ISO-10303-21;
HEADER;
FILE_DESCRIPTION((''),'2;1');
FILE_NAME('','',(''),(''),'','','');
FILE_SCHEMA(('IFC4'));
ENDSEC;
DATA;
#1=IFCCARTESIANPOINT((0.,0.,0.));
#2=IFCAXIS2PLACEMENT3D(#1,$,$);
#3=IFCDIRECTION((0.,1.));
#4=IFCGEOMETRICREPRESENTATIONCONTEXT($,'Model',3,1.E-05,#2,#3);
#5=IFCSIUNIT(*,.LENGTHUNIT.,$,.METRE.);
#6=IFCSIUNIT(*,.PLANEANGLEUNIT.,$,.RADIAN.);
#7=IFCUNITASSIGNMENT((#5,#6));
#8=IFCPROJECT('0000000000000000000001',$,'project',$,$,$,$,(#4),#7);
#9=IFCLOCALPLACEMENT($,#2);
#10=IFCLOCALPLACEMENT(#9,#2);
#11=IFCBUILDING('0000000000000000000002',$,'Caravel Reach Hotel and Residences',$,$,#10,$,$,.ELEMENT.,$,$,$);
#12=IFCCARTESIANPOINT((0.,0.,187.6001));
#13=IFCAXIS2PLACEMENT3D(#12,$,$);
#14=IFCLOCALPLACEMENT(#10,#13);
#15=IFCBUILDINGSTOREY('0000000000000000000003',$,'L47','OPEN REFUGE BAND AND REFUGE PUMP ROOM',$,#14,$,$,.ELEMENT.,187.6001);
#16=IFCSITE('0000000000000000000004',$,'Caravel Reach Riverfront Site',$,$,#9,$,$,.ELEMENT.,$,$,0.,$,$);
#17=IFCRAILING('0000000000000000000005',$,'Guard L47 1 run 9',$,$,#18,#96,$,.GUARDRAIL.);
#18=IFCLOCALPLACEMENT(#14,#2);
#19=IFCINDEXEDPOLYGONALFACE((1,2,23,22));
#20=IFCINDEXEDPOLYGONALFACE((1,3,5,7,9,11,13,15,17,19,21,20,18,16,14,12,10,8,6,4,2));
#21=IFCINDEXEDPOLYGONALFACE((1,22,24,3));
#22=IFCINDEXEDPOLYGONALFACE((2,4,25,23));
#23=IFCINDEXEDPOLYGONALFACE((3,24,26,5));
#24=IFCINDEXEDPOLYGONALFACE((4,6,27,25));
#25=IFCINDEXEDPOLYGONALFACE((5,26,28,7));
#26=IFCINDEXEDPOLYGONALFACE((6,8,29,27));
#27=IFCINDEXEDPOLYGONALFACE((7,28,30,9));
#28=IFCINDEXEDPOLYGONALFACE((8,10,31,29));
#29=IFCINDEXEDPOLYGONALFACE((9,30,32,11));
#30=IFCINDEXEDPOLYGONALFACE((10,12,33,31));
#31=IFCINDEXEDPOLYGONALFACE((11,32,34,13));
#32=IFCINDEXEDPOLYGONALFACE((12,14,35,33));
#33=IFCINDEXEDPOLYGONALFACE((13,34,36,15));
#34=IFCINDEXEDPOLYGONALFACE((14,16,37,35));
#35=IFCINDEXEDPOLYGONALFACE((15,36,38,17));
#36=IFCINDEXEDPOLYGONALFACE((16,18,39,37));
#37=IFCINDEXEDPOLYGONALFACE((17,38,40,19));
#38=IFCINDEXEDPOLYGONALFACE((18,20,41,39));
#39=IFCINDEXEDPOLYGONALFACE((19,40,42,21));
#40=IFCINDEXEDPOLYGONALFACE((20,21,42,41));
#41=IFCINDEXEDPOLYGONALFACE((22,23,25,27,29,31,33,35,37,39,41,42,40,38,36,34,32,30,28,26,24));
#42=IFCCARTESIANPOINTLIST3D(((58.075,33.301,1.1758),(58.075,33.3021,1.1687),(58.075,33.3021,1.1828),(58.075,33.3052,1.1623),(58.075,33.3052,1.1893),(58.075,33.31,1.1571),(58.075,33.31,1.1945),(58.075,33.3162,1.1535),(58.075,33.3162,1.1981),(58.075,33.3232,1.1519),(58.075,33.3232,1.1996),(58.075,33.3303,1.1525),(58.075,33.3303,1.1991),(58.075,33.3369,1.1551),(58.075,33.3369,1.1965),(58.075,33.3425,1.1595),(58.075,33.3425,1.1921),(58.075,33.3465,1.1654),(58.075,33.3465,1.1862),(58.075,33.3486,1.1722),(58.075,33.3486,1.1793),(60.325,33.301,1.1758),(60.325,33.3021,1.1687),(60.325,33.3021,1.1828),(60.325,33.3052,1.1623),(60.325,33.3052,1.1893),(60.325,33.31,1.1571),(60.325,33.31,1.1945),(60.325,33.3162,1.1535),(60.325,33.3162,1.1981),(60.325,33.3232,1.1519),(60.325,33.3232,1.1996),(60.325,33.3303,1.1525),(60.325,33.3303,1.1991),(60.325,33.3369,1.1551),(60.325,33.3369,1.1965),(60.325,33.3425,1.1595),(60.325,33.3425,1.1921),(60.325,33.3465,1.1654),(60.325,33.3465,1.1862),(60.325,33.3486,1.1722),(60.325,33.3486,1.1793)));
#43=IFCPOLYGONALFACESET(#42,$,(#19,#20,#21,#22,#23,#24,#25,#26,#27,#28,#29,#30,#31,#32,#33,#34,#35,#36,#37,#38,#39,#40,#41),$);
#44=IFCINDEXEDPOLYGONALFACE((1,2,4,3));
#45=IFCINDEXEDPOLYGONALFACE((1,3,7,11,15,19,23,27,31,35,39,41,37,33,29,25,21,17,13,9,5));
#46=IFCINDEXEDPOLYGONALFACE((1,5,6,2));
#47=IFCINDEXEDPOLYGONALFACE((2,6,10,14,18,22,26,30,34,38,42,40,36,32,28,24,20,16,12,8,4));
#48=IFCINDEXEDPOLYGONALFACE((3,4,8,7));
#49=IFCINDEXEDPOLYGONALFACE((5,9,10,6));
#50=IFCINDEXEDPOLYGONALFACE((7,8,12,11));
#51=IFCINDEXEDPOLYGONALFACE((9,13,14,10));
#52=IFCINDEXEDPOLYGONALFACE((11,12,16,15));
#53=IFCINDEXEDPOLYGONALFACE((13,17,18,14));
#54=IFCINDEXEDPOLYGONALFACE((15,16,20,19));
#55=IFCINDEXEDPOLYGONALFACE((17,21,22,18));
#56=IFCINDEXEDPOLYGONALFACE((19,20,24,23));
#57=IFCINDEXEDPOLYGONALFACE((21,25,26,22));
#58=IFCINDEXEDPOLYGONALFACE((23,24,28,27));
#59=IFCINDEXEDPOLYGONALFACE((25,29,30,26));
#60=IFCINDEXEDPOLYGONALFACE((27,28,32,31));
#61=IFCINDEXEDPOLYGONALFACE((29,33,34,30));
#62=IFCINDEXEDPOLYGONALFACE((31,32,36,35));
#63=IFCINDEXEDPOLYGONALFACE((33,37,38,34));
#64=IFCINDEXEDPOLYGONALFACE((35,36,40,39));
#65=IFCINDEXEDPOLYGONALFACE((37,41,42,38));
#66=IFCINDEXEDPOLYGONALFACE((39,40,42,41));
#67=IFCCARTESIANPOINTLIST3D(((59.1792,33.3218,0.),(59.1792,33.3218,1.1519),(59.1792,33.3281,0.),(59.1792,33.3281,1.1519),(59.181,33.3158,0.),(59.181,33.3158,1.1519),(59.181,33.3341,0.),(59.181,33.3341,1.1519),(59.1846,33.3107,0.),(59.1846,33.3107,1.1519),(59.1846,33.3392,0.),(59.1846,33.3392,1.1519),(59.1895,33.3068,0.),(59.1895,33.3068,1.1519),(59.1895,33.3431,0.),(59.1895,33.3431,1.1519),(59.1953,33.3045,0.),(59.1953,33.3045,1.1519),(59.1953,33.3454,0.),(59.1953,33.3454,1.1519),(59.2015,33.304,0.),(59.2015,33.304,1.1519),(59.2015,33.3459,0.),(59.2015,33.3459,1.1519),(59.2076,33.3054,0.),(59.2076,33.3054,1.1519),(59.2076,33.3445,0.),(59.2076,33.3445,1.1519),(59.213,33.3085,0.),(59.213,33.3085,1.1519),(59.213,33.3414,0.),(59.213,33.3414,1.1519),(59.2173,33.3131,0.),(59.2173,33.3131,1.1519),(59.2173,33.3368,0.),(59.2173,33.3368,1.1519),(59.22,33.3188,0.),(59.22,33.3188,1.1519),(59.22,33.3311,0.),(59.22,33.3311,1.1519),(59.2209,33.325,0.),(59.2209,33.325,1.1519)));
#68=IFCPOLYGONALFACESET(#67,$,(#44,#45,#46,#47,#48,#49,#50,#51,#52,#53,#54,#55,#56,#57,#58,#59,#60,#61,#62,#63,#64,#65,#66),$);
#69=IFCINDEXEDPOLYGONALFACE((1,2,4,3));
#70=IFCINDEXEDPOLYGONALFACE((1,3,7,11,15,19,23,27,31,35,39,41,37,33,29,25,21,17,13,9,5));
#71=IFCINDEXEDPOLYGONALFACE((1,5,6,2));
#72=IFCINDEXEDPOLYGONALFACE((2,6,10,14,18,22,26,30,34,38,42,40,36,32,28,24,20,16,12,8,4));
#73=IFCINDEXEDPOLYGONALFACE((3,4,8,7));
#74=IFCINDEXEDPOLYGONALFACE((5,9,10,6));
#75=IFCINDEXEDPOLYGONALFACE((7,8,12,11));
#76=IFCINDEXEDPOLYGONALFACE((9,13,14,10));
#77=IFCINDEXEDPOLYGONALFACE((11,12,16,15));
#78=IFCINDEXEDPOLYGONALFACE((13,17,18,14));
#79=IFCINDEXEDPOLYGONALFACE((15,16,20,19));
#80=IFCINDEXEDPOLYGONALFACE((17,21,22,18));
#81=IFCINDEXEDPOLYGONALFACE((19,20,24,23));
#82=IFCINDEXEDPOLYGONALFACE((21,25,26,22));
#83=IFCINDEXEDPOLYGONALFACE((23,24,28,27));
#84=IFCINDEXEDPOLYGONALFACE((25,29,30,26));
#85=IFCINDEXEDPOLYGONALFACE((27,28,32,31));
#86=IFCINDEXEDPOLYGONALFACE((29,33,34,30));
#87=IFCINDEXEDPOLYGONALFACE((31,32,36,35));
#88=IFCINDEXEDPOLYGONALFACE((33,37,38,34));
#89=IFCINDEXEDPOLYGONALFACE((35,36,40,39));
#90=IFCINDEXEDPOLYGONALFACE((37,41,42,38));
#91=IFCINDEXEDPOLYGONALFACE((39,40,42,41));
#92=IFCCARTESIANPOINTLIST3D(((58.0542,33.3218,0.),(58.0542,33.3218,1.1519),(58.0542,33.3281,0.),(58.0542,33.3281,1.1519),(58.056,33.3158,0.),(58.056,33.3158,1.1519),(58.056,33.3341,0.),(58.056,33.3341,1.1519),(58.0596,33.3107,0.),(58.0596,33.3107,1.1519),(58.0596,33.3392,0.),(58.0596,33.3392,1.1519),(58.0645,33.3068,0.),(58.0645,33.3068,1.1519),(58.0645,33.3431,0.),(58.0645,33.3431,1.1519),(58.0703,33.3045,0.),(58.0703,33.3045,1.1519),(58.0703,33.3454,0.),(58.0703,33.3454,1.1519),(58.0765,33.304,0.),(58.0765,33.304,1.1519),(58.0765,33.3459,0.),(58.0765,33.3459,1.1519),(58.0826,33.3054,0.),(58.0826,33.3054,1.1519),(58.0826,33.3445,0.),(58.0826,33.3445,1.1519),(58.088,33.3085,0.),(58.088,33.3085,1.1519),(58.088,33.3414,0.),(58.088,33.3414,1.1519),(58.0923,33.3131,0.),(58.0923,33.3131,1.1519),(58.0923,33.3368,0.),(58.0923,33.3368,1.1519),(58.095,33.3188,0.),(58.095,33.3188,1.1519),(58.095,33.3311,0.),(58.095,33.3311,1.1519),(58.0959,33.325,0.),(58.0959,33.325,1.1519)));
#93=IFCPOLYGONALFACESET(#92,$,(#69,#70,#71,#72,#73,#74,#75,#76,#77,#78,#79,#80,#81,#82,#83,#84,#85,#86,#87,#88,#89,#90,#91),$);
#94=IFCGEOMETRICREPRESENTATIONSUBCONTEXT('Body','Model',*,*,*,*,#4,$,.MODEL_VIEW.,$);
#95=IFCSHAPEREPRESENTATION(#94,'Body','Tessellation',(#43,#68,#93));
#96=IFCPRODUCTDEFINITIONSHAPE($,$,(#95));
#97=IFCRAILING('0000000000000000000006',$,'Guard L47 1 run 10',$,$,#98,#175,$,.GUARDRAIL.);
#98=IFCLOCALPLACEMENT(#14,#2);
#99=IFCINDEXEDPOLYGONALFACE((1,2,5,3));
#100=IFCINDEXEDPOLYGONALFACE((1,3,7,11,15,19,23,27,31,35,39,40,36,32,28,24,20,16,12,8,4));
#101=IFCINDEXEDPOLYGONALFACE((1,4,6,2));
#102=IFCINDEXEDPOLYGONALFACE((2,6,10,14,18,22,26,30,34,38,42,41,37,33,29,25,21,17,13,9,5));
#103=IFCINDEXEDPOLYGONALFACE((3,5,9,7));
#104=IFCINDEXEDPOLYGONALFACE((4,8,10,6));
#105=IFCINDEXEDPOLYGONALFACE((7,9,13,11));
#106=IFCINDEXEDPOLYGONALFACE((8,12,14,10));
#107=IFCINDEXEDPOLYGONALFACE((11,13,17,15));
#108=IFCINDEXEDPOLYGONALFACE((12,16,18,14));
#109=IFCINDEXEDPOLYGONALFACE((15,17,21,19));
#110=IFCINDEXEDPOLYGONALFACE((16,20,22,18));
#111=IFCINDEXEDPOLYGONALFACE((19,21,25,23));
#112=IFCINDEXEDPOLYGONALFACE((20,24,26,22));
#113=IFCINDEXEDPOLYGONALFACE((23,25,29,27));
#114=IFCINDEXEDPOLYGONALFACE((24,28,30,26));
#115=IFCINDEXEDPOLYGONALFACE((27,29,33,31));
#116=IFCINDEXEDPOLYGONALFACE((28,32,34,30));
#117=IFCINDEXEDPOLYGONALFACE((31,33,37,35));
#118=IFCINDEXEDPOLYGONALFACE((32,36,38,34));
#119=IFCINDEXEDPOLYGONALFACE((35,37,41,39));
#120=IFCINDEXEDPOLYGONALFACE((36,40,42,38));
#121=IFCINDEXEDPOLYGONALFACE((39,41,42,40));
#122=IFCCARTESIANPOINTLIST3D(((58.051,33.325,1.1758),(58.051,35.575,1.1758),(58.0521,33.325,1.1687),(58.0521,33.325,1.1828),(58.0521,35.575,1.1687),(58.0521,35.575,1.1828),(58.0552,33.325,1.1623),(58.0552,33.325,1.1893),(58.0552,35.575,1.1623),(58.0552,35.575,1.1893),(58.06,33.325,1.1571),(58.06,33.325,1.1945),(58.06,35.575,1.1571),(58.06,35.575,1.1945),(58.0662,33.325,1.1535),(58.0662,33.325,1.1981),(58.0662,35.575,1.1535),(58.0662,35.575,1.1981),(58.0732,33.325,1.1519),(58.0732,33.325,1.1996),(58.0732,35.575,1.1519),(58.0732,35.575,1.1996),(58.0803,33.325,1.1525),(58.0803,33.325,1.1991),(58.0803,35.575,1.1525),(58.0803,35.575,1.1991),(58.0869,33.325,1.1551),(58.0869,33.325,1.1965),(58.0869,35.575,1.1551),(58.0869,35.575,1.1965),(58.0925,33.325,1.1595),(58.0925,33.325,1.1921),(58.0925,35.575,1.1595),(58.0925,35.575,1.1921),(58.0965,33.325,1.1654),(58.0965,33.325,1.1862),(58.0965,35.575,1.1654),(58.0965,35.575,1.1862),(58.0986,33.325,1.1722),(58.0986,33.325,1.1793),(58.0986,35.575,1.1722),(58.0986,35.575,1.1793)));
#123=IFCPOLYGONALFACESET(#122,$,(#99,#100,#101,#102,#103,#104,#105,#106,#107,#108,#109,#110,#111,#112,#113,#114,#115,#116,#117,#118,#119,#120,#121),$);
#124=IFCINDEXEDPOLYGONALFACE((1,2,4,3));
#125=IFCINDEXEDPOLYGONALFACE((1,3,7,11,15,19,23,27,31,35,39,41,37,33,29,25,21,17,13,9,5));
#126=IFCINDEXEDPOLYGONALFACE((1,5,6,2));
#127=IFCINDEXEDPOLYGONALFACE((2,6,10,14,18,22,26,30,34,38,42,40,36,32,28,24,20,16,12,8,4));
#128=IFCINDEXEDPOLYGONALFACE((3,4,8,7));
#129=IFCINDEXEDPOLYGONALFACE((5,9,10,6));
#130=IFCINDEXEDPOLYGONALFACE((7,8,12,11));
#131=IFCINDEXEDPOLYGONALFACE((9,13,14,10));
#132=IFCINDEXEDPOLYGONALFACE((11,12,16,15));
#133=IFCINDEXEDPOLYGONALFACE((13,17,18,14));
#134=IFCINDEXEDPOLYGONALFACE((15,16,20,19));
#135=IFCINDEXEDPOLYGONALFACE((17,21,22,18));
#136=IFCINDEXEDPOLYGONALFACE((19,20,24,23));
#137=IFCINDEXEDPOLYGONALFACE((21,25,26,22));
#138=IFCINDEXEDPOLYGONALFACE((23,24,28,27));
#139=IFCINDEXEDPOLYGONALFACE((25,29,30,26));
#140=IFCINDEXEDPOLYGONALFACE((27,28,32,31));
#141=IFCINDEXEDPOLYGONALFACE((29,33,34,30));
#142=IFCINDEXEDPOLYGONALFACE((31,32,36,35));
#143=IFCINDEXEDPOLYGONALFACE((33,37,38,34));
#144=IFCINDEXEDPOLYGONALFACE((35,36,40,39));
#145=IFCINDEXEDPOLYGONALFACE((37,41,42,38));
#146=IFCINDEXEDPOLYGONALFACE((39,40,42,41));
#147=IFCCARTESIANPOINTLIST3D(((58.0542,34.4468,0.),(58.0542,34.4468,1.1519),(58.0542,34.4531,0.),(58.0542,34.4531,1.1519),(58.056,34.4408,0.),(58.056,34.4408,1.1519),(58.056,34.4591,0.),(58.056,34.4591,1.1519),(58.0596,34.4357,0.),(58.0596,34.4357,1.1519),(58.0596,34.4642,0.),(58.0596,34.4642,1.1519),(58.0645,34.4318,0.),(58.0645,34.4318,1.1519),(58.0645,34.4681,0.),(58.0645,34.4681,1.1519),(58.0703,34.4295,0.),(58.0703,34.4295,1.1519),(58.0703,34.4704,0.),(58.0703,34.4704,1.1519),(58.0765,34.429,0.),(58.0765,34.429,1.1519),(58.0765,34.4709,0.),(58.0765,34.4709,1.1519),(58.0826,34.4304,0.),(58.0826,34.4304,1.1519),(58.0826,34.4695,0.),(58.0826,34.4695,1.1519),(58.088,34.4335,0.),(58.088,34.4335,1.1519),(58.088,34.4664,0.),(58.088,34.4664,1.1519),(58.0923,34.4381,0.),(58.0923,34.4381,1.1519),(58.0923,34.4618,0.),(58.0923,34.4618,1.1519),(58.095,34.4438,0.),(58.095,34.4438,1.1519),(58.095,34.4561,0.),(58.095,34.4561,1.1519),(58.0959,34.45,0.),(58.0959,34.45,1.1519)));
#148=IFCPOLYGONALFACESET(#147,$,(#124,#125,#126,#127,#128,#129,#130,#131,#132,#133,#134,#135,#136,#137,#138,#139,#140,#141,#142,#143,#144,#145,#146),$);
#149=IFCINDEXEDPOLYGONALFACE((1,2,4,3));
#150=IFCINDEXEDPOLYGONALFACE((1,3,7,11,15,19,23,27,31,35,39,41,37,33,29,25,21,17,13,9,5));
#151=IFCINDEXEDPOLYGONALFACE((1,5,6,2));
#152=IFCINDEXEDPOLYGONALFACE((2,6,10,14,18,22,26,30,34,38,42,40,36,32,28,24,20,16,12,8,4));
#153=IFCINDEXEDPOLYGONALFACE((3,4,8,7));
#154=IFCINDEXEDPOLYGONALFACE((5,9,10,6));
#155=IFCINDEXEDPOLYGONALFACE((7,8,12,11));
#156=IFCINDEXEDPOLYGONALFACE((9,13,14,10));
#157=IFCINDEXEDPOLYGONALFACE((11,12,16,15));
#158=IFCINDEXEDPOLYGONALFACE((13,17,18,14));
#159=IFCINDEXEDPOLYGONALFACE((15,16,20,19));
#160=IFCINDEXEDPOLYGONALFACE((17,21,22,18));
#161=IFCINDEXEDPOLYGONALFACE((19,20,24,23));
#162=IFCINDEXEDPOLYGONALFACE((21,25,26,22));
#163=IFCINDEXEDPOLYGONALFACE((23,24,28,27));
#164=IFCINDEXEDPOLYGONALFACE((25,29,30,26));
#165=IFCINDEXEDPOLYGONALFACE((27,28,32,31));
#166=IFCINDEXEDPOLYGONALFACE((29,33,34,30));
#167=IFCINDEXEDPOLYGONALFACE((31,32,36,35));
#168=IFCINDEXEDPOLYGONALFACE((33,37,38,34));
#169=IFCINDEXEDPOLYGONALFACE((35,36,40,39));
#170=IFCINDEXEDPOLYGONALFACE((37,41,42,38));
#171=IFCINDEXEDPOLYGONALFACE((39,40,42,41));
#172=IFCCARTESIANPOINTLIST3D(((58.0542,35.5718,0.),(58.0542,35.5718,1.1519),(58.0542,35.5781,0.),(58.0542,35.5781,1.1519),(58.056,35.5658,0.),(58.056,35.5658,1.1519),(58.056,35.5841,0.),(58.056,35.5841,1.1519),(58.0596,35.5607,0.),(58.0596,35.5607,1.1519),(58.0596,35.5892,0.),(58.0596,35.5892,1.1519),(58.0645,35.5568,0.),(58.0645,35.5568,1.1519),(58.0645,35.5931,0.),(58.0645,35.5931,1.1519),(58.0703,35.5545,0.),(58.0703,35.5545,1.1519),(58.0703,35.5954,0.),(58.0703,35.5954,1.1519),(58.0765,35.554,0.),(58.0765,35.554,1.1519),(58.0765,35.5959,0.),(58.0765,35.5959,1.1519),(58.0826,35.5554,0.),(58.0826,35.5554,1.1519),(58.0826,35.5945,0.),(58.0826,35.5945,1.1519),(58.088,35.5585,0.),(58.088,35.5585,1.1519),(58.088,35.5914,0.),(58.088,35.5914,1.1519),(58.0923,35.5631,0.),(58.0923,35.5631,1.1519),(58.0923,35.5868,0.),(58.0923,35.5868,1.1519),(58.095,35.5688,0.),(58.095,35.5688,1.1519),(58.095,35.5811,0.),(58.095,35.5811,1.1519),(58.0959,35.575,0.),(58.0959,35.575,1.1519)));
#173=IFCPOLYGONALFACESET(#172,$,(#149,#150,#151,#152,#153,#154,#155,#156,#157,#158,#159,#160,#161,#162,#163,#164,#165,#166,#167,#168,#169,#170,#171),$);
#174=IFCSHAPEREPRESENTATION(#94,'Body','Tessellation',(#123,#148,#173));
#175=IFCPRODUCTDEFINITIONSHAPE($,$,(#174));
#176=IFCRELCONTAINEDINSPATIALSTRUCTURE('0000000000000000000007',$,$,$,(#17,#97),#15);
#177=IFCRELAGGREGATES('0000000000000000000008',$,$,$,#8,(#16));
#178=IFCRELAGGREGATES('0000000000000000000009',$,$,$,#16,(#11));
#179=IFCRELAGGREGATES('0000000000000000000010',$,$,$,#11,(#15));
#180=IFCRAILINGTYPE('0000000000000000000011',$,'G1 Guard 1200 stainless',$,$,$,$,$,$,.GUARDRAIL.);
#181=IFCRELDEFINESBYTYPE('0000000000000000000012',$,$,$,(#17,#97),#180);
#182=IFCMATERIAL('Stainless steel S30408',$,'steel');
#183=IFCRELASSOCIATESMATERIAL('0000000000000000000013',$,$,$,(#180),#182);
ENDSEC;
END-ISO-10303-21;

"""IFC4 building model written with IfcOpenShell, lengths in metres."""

from ifc_helpers import new_model, si_unit, direction, frame, origin, origin_2d, place, context, subcontext, project, spatial, circle, extrude, material, type_object, element, save


model = new_model("IFC4")

# Units and contexts
model_context = context("Model", 3, precision=1e-05, world=origin(), true_north=direction((0.0, 1.0)))
body_context = subcontext(model_context, "Body", "Model", "MODEL_VIEW")
ifc_project = project(units=[si_unit("LENGTHUNIT", "METRE"), si_unit("PLANEANGLEUNIT", "RADIAN")], contexts=[model_context])

# Site, building, storey
site_placement = place(None, origin())
site = spatial("IfcSite", under=ifc_project, at=site_placement, Name="Caravel Reach Riverfront Site", CompositionType="ELEMENT", RefElevation=0.0)
building_placement = place(site_placement, origin())
building = spatial("IfcBuilding", under=site, at=building_placement, Name="Caravel Reach Hotel and Residences", CompositionType="ELEMENT")
storey_placement = place(building_placement, frame((0.0, 0.0, 187.6001)))
storey = spatial("IfcBuildingStorey", under=building, at=storey_placement, Name="L47", Description="OPEN REFUGE BAND AND REFUGE PUMP ROOM", CompositionType="ELEMENT", Elevation=187.6001)

# Railings
ifc_material_1 = material(Name="Stainless steel S30408", Category="steel")
railing_type = type_object("IfcRailingType", Name="G1 Guard 1200 stainless", PredefinedType="GUARDRAIL", material=ifc_material_1)
for number, where, name in (
    (1, (60.325, 33.325, 0.0), "Guard L47 1 run 9"),
):
    element("IfcRailing", number, at=place(storey_placement, frame(where)), inside=storey, type_object=railing_type, Name=name, PredefinedType="GUARDRAIL", context=body_context, shape_type="SweptSolid", body=[
        extrude(circle(Radius=0.0239, at=origin_2d()), frame((0.0, 0.0, 1.1758), z_axis=(-1.0, 0.0, 0.0), x_axis=(0.0, -1.0, 0.0)), (0.0, 0.0, 1.0), 2.25),
        extrude(circle(Radius=0.021, at=origin_2d()), frame((-1.125, 0.0, 0.0)), (0.0, 0.0, 1.0), 1.1519),
        extrude(circle(Radius=0.021, at=origin_2d()), frame((-2.25, 0.0, 0.0)), (0.0, 0.0, 1.0), 1.1519),
    ])
railing_1_placement = place(storey_placement, frame((58.075, 33.325, 0.0)))
element("IfcRailing", 2, at=railing_1_placement, inside=storey, type_object=railing_type, Name="Guard L47 1 run 10", PredefinedType="GUARDRAIL", context=body_context, shape_type="SweptSolid", body=[
    extrude(circle(Radius=0.0239, at=origin_2d()), frame((0.0, 0.0, 1.1758), z_axis=(0.0, 1.0, 0.0), x_axis=(-1.0, 0.0, 0.0)), (0.0, 0.0, 1.0), 2.25),
    extrude(circle(Radius=0.021, at=origin_2d()), frame((0.0, 1.125, 0.0)), (0.0, 0.0, 1.0), 1.1519),
    extrude(circle(Radius=0.021, at=origin_2d()), frame((0.0, 2.25, 0.0)), (0.0, 0.0, 1.0), 1.1519),
])

save(model, "model.ifc")
